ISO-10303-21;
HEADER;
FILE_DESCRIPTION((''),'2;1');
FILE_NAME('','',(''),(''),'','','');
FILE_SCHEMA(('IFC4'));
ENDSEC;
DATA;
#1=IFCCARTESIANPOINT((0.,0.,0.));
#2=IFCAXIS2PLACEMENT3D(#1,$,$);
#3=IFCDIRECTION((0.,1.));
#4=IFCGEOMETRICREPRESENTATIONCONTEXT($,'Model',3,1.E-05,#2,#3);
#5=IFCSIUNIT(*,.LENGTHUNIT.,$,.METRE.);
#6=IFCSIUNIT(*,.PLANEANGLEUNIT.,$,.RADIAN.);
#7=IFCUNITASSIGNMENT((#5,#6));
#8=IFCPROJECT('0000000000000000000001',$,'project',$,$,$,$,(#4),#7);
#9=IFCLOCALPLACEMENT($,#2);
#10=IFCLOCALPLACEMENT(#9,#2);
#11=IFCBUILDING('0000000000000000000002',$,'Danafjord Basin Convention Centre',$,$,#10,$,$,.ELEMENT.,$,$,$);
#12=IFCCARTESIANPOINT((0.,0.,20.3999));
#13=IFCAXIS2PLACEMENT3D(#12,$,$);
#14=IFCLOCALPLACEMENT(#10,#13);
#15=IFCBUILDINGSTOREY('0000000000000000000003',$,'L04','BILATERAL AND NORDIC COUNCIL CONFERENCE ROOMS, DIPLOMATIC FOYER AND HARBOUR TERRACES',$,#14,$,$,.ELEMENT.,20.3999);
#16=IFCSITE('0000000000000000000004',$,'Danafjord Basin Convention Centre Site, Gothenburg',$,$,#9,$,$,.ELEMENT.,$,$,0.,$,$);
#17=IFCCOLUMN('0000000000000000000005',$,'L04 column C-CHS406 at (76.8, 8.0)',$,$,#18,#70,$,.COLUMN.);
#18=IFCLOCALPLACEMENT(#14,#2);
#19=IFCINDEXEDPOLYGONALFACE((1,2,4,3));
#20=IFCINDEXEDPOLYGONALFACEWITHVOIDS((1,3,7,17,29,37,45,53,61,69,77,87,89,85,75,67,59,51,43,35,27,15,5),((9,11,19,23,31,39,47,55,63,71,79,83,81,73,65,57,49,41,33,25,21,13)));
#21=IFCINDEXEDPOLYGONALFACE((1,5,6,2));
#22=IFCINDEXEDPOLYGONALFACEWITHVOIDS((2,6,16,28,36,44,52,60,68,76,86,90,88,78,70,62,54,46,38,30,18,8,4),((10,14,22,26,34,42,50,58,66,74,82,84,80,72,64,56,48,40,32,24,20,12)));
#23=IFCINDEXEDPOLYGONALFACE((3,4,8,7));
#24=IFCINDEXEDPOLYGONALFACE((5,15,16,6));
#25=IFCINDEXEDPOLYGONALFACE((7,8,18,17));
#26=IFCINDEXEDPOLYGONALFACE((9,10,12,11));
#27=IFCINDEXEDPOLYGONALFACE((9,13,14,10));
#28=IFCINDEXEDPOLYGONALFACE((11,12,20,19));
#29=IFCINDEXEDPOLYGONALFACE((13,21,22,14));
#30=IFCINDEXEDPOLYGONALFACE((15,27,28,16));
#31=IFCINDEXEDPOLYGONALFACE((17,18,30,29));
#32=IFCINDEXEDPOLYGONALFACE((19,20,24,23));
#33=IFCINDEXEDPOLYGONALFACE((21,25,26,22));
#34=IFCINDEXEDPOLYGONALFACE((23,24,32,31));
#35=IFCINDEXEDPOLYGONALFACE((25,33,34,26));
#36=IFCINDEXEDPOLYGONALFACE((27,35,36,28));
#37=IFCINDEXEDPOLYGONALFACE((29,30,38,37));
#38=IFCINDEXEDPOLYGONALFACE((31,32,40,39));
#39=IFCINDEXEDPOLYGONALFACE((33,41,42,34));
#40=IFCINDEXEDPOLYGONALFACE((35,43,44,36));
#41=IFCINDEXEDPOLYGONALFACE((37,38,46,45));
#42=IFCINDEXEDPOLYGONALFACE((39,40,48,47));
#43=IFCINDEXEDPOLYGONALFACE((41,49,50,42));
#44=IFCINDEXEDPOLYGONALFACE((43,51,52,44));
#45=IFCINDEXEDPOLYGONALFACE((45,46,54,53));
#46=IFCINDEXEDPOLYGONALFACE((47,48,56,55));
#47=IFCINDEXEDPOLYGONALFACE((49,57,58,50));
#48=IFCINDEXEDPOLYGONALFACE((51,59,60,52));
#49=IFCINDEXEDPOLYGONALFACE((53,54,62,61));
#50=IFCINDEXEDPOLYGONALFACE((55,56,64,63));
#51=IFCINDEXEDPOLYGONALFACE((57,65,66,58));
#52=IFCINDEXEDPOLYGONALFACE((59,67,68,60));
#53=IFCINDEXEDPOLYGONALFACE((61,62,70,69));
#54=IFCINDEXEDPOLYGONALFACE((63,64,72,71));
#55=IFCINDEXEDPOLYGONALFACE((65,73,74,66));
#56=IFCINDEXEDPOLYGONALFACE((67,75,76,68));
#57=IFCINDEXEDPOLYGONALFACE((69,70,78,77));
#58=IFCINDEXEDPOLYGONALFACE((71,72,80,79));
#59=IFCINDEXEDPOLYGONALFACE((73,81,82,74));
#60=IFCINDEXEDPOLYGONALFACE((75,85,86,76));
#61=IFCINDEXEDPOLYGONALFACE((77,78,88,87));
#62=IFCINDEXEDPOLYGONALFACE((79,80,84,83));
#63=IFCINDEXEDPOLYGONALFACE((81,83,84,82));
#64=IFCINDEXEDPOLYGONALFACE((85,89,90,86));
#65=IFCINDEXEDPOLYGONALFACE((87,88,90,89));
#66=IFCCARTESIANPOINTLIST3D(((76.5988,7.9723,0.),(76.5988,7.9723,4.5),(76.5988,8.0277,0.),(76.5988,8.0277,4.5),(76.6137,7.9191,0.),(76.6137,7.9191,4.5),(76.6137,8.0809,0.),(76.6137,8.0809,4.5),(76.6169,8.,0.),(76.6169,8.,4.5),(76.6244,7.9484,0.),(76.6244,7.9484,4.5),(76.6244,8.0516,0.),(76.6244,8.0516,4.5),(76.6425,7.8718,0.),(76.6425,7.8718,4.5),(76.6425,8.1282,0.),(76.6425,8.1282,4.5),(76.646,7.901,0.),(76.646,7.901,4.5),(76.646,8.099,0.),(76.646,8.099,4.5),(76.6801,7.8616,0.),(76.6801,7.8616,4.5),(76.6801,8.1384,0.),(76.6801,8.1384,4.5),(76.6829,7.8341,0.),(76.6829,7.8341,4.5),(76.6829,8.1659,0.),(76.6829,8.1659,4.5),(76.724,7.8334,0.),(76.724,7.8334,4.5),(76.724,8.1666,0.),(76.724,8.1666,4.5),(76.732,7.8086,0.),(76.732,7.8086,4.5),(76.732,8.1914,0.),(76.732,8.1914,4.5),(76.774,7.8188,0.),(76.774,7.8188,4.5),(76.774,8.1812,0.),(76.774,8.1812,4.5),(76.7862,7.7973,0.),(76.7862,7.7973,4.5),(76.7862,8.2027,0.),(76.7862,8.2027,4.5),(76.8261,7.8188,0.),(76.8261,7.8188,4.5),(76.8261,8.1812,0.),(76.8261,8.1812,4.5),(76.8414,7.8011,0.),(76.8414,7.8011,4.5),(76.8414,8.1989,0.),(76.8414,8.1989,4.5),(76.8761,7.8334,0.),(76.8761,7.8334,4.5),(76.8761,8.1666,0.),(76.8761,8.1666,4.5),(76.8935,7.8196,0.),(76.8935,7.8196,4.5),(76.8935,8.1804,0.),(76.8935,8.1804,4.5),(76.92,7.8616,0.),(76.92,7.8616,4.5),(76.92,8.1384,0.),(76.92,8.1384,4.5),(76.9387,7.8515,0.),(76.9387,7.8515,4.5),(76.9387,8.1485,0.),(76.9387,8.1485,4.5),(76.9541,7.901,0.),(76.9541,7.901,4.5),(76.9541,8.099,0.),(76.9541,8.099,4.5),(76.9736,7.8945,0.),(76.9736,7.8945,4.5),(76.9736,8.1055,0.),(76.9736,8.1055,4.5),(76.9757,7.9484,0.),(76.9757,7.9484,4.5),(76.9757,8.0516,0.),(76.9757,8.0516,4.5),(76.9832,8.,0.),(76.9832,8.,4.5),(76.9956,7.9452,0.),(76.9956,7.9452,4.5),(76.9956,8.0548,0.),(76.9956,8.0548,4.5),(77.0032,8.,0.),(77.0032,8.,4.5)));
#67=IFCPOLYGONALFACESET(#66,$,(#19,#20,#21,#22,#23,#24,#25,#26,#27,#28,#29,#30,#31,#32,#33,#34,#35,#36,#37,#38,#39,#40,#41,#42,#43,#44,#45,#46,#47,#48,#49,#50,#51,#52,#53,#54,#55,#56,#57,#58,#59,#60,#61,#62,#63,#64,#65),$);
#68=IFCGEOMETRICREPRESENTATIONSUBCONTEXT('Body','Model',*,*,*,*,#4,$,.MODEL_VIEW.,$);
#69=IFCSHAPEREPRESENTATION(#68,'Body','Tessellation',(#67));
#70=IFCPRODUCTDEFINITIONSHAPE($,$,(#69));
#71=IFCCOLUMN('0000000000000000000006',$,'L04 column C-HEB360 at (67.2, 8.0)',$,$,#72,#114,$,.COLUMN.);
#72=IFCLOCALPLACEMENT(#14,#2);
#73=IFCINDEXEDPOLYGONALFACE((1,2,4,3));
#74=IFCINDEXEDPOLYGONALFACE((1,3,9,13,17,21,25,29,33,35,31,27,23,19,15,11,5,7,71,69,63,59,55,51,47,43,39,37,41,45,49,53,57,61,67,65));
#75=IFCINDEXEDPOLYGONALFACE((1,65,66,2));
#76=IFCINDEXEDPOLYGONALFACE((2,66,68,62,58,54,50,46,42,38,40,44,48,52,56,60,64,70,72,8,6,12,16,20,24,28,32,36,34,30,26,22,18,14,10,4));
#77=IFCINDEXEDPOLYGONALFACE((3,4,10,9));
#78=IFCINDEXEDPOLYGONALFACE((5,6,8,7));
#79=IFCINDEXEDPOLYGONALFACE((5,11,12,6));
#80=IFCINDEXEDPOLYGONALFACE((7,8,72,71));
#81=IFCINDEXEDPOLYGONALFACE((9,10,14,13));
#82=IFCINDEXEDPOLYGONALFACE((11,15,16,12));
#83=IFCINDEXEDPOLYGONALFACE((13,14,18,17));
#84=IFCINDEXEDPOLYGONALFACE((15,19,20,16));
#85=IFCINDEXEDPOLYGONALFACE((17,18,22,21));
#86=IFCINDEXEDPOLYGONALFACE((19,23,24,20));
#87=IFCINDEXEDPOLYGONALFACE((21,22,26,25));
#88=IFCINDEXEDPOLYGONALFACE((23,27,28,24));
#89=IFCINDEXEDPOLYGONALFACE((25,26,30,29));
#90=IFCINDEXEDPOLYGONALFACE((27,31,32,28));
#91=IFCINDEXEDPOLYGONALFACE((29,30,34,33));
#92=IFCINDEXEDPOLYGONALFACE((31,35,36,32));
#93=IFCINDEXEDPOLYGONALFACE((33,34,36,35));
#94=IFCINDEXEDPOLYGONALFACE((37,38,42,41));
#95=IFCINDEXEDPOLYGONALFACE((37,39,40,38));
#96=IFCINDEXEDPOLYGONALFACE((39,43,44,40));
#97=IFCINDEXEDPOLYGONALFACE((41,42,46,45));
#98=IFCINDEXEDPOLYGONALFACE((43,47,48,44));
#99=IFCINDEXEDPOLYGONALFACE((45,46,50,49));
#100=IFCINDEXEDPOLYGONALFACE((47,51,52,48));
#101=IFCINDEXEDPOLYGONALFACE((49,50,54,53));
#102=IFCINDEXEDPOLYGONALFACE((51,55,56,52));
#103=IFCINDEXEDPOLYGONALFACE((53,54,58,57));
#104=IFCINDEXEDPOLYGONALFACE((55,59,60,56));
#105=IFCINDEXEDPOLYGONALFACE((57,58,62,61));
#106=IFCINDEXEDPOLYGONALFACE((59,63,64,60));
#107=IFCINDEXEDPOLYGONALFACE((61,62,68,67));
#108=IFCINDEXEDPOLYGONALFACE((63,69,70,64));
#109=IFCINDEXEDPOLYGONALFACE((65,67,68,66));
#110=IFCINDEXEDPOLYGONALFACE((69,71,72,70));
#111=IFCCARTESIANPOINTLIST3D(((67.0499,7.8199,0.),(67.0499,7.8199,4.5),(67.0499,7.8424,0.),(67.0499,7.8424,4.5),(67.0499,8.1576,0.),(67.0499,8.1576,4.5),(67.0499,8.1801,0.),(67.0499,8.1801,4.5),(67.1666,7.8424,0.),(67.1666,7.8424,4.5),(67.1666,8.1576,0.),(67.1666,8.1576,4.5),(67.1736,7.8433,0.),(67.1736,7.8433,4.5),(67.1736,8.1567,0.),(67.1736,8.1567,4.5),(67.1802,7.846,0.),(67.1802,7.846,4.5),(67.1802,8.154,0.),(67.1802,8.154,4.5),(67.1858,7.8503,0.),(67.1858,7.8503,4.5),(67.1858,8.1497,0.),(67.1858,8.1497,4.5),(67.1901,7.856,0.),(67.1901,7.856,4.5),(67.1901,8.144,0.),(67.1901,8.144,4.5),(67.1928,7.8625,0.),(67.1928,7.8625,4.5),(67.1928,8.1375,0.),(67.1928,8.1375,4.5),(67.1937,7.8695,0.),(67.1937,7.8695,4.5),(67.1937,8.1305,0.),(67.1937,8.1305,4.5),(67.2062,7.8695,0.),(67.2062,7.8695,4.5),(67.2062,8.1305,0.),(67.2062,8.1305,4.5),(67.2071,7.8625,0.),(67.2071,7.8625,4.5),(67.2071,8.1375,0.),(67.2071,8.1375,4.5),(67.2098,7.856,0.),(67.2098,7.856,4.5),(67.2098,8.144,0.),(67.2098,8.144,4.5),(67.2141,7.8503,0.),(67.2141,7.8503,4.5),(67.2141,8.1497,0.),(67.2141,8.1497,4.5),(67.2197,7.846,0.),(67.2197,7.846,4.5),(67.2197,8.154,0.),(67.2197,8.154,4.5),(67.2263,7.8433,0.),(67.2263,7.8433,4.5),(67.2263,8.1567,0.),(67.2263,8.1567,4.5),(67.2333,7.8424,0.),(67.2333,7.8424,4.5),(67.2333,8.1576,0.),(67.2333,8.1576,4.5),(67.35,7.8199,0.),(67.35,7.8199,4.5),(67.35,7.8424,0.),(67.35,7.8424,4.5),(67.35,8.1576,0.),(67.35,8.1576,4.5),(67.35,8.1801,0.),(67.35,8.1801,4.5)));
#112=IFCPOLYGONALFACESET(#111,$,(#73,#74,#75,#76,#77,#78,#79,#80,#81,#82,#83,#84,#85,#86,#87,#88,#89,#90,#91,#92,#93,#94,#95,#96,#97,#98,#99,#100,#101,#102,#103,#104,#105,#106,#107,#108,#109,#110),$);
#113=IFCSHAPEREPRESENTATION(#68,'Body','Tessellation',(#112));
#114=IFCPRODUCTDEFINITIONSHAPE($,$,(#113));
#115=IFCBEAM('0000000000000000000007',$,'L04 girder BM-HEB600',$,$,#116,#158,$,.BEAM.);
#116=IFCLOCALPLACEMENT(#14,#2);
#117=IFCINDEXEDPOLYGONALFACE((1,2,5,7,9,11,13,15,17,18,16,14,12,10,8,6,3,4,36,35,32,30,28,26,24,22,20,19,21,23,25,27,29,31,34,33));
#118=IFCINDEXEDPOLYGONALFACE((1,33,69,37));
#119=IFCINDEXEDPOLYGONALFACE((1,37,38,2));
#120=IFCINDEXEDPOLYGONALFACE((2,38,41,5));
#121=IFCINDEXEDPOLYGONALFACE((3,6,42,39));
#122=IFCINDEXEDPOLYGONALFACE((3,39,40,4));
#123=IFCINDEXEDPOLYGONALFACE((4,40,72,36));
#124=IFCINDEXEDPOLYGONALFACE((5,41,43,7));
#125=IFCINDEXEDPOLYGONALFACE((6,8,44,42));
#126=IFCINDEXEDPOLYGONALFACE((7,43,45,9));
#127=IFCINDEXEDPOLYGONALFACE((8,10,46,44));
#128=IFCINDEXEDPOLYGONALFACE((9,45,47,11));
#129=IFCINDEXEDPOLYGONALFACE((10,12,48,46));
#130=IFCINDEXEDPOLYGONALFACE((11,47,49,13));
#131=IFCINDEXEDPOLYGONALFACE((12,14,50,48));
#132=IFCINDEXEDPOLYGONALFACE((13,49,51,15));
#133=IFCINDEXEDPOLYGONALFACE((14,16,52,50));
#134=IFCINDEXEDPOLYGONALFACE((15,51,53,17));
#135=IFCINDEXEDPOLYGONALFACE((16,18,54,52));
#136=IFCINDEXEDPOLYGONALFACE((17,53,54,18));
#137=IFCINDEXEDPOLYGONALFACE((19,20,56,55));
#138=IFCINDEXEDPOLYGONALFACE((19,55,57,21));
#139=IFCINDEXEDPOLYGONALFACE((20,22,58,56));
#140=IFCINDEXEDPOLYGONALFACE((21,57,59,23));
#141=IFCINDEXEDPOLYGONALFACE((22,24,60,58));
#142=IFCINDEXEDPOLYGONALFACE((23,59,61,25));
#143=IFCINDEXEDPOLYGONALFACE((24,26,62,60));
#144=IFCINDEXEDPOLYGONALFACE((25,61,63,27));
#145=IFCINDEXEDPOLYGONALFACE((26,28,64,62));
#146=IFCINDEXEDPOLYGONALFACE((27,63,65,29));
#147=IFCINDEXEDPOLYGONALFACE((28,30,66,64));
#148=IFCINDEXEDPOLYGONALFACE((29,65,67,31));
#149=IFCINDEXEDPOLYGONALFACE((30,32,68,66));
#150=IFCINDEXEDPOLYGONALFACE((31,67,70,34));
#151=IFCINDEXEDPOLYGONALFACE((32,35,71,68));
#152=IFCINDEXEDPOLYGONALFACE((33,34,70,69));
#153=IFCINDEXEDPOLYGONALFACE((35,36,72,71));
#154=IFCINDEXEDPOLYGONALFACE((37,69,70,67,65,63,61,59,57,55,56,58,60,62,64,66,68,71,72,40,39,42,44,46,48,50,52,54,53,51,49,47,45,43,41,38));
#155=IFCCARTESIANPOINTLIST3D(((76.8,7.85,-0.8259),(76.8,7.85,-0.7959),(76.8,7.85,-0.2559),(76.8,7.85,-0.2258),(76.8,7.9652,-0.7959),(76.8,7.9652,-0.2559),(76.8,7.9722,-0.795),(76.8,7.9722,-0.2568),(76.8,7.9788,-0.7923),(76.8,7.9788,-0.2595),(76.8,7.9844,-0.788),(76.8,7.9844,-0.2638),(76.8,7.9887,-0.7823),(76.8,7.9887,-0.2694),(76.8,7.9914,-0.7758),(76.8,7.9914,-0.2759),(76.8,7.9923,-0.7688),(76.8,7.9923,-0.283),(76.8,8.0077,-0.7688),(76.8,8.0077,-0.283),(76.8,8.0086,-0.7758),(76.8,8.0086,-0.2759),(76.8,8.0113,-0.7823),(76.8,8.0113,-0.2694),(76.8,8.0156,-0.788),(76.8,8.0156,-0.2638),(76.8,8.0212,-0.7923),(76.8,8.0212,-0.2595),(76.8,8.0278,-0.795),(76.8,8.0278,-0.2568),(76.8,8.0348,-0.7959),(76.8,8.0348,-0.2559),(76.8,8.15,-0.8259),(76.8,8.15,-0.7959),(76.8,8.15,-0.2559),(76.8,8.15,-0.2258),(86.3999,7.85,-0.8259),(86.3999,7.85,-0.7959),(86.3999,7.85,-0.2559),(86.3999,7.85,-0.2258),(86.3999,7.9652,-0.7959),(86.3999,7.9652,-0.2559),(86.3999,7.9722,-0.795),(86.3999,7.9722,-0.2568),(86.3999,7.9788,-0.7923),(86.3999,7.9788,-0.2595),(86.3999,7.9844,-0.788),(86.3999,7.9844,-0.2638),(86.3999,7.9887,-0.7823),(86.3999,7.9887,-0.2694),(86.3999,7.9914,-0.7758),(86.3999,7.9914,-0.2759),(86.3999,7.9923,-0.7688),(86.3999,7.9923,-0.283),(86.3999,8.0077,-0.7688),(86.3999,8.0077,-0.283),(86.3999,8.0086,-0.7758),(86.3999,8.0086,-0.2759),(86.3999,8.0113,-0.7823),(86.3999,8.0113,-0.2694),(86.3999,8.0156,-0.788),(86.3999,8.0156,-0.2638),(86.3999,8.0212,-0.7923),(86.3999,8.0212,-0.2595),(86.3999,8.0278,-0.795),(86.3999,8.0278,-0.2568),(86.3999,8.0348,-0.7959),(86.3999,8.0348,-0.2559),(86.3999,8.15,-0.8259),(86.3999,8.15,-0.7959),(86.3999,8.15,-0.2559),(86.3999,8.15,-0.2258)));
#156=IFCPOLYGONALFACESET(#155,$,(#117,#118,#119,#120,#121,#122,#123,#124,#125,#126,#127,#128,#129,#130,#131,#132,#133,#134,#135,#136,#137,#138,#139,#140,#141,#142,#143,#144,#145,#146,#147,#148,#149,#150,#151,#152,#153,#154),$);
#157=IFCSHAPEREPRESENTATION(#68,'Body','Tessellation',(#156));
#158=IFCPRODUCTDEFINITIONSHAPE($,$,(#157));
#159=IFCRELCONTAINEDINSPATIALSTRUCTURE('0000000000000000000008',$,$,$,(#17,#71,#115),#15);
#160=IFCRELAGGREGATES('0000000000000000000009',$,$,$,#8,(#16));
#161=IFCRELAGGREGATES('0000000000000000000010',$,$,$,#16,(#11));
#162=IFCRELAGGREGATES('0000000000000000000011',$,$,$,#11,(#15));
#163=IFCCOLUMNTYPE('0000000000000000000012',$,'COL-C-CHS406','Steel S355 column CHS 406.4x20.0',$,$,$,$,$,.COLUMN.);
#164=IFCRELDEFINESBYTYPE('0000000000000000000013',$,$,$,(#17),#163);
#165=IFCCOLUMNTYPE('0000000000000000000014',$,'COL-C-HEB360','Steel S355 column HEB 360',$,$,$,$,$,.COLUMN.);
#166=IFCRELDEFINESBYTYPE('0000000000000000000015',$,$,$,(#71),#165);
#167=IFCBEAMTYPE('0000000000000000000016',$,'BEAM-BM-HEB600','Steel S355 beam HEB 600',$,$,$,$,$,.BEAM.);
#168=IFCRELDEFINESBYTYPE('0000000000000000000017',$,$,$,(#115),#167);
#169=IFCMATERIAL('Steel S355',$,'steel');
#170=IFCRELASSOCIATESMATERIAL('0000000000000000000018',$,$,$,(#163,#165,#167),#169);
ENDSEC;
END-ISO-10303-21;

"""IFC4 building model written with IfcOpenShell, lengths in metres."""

from ifc_helpers import new_model, si_unit, direction, frame, origin, origin_2d, place, context, subcontext, project, spatial, hollow_circle, i_section, extrude, material, material_profile, profile_set, type_object, element, save


model = new_model("IFC4")

# Units and contexts
model_context = context("Model", 3, precision=1e-05, world=origin(), true_north=direction((0.0, 1.0)))
body_context = subcontext(model_context, "Body", "Model", "MODEL_VIEW")
ifc_project = project(units=[si_unit("LENGTHUNIT", "METRE"), si_unit("PLANEANGLEUNIT", "RADIAN")], contexts=[model_context])

# Site, building, storey
site_placement = place(None, origin())
site = spatial("IfcSite", under=ifc_project, at=site_placement, Name="Danafjord Basin Convention Centre Site, Gothenburg", CompositionType="ELEMENT", RefElevation=0.0)
building_placement = place(site_placement, origin())
building = spatial("IfcBuilding", under=site, at=building_placement, Name="Danafjord Basin Convention Centre", CompositionType="ELEMENT")
storey_placement = place(building_placement, frame((0.0, 0.0, 20.3999)))
storey = spatial("IfcBuildingStorey", under=building, at=storey_placement, Name="L04", Description="BILATERAL AND NORDIC COUNCIL CONFERENCE ROOMS, DIPLOMATIC FOYER AND HARBOUR TERRACES", CompositionType="ELEMENT", Elevation=20.3999)

# Columns
ifc_material_1 = material(Name="Steel S355", Category="steel")
ifc_material_profile_1 = material_profile(ifc_material_1, hollow_circle(Radius=0.2031, WallThickness=0.02, at=origin_2d()), Name="CHS 406.4x20.0")
ifc_profile_set_1 = profile_set([ifc_material_profile_1], Name="Steel S355")
column_type_1 = type_object("IfcColumnType", Name="COL-C-CHS406", Description="Steel S355 column CHS 406.4x20.0", PredefinedType="COLUMN", material=ifc_profile_set_1)
column_1_placement = place(storey_placement, frame((76.8, 8.0, 0.0), z_axis=(0.0, 0.0, 1.0), x_axis=(1.0, 0.0, 0.0)))
element("IfcColumn", 1, at=column_1_placement, inside=storey, type_object=column_type_1, Name="L04 column C-CHS406 at (76.8, 8.0)", PredefinedType="COLUMN", context=body_context, shape_type="SweptSolid", body=[
    extrude(hollow_circle(Radius=0.2031, WallThickness=0.02, at=origin_2d()), origin(), (0.0, 0.0, 1.0), 4.5),
])
ifc_material_profile_2 = material_profile(ifc_material_1, i_section(OverallWidth=0.3, OverallDepth=0.3601, WebThickness=0.0125, FlangeThickness=0.0225, FilletRadius=0.0271, at=origin_2d()), Name="HEB 360")
ifc_profile_set_2 = profile_set([ifc_material_profile_2], Name="Steel S355")
column_type_2 = type_object("IfcColumnType", Name="COL-C-HEB360", Description="Steel S355 column HEB 360", PredefinedType="COLUMN", material=ifc_profile_set_2)
column_2_placement = place(storey_placement, frame((67.2, 8.0, 0.0), z_axis=(0.0, 0.0, 1.0), x_axis=(1.0, 0.0, 0.0)))
element("IfcColumn", 2, at=column_2_placement, inside=storey, type_object=column_type_2, Name="L04 column C-HEB360 at (67.2, 8.0)", PredefinedType="COLUMN", context=body_context, shape_type="SweptSolid", body=[
    extrude(i_section(OverallWidth=0.3, OverallDepth=0.3601, WebThickness=0.0125, FlangeThickness=0.0225, FilletRadius=0.0271, at=origin_2d()), origin(), (0.0, 0.0, 1.0), 4.5),
])

# Beam
ifc_material_profile_3 = material_profile(ifc_material_1, i_section(OverallWidth=0.3, OverallDepth=0.6001, WebThickness=0.0154, FlangeThickness=0.03, FilletRadius=0.0271, at=origin_2d()), Name="HEB 600")
ifc_profile_set_3 = profile_set([ifc_material_profile_3], Name="Steel S355")
beam_type_1 = type_object("IfcBeamType", Name="BEAM-BM-HEB600", Description="Steel S355 beam HEB 600", PredefinedType="BEAM", material=ifc_profile_set_3)
beam_1_placement = place(storey_placement, frame((76.8, 8.0, -0.5259), z_axis=(1.0, 0.0, 0.0), x_axis=(0.0, 1.0, 0.0)))
element("IfcBeam", 3, at=beam_1_placement, inside=storey, type_object=beam_type_1, Name="L04 girder BM-HEB600", PredefinedType="BEAM", context=body_context, shape_type="SweptSolid", body=[
    extrude(i_section(OverallWidth=0.3, OverallDepth=0.6001, WebThickness=0.0154, FlangeThickness=0.03, FilletRadius=0.0271, at=origin_2d()), origin(), (0.0, 0.0, 1.0), 9.5999),
])

save(model, "model.ifc")
